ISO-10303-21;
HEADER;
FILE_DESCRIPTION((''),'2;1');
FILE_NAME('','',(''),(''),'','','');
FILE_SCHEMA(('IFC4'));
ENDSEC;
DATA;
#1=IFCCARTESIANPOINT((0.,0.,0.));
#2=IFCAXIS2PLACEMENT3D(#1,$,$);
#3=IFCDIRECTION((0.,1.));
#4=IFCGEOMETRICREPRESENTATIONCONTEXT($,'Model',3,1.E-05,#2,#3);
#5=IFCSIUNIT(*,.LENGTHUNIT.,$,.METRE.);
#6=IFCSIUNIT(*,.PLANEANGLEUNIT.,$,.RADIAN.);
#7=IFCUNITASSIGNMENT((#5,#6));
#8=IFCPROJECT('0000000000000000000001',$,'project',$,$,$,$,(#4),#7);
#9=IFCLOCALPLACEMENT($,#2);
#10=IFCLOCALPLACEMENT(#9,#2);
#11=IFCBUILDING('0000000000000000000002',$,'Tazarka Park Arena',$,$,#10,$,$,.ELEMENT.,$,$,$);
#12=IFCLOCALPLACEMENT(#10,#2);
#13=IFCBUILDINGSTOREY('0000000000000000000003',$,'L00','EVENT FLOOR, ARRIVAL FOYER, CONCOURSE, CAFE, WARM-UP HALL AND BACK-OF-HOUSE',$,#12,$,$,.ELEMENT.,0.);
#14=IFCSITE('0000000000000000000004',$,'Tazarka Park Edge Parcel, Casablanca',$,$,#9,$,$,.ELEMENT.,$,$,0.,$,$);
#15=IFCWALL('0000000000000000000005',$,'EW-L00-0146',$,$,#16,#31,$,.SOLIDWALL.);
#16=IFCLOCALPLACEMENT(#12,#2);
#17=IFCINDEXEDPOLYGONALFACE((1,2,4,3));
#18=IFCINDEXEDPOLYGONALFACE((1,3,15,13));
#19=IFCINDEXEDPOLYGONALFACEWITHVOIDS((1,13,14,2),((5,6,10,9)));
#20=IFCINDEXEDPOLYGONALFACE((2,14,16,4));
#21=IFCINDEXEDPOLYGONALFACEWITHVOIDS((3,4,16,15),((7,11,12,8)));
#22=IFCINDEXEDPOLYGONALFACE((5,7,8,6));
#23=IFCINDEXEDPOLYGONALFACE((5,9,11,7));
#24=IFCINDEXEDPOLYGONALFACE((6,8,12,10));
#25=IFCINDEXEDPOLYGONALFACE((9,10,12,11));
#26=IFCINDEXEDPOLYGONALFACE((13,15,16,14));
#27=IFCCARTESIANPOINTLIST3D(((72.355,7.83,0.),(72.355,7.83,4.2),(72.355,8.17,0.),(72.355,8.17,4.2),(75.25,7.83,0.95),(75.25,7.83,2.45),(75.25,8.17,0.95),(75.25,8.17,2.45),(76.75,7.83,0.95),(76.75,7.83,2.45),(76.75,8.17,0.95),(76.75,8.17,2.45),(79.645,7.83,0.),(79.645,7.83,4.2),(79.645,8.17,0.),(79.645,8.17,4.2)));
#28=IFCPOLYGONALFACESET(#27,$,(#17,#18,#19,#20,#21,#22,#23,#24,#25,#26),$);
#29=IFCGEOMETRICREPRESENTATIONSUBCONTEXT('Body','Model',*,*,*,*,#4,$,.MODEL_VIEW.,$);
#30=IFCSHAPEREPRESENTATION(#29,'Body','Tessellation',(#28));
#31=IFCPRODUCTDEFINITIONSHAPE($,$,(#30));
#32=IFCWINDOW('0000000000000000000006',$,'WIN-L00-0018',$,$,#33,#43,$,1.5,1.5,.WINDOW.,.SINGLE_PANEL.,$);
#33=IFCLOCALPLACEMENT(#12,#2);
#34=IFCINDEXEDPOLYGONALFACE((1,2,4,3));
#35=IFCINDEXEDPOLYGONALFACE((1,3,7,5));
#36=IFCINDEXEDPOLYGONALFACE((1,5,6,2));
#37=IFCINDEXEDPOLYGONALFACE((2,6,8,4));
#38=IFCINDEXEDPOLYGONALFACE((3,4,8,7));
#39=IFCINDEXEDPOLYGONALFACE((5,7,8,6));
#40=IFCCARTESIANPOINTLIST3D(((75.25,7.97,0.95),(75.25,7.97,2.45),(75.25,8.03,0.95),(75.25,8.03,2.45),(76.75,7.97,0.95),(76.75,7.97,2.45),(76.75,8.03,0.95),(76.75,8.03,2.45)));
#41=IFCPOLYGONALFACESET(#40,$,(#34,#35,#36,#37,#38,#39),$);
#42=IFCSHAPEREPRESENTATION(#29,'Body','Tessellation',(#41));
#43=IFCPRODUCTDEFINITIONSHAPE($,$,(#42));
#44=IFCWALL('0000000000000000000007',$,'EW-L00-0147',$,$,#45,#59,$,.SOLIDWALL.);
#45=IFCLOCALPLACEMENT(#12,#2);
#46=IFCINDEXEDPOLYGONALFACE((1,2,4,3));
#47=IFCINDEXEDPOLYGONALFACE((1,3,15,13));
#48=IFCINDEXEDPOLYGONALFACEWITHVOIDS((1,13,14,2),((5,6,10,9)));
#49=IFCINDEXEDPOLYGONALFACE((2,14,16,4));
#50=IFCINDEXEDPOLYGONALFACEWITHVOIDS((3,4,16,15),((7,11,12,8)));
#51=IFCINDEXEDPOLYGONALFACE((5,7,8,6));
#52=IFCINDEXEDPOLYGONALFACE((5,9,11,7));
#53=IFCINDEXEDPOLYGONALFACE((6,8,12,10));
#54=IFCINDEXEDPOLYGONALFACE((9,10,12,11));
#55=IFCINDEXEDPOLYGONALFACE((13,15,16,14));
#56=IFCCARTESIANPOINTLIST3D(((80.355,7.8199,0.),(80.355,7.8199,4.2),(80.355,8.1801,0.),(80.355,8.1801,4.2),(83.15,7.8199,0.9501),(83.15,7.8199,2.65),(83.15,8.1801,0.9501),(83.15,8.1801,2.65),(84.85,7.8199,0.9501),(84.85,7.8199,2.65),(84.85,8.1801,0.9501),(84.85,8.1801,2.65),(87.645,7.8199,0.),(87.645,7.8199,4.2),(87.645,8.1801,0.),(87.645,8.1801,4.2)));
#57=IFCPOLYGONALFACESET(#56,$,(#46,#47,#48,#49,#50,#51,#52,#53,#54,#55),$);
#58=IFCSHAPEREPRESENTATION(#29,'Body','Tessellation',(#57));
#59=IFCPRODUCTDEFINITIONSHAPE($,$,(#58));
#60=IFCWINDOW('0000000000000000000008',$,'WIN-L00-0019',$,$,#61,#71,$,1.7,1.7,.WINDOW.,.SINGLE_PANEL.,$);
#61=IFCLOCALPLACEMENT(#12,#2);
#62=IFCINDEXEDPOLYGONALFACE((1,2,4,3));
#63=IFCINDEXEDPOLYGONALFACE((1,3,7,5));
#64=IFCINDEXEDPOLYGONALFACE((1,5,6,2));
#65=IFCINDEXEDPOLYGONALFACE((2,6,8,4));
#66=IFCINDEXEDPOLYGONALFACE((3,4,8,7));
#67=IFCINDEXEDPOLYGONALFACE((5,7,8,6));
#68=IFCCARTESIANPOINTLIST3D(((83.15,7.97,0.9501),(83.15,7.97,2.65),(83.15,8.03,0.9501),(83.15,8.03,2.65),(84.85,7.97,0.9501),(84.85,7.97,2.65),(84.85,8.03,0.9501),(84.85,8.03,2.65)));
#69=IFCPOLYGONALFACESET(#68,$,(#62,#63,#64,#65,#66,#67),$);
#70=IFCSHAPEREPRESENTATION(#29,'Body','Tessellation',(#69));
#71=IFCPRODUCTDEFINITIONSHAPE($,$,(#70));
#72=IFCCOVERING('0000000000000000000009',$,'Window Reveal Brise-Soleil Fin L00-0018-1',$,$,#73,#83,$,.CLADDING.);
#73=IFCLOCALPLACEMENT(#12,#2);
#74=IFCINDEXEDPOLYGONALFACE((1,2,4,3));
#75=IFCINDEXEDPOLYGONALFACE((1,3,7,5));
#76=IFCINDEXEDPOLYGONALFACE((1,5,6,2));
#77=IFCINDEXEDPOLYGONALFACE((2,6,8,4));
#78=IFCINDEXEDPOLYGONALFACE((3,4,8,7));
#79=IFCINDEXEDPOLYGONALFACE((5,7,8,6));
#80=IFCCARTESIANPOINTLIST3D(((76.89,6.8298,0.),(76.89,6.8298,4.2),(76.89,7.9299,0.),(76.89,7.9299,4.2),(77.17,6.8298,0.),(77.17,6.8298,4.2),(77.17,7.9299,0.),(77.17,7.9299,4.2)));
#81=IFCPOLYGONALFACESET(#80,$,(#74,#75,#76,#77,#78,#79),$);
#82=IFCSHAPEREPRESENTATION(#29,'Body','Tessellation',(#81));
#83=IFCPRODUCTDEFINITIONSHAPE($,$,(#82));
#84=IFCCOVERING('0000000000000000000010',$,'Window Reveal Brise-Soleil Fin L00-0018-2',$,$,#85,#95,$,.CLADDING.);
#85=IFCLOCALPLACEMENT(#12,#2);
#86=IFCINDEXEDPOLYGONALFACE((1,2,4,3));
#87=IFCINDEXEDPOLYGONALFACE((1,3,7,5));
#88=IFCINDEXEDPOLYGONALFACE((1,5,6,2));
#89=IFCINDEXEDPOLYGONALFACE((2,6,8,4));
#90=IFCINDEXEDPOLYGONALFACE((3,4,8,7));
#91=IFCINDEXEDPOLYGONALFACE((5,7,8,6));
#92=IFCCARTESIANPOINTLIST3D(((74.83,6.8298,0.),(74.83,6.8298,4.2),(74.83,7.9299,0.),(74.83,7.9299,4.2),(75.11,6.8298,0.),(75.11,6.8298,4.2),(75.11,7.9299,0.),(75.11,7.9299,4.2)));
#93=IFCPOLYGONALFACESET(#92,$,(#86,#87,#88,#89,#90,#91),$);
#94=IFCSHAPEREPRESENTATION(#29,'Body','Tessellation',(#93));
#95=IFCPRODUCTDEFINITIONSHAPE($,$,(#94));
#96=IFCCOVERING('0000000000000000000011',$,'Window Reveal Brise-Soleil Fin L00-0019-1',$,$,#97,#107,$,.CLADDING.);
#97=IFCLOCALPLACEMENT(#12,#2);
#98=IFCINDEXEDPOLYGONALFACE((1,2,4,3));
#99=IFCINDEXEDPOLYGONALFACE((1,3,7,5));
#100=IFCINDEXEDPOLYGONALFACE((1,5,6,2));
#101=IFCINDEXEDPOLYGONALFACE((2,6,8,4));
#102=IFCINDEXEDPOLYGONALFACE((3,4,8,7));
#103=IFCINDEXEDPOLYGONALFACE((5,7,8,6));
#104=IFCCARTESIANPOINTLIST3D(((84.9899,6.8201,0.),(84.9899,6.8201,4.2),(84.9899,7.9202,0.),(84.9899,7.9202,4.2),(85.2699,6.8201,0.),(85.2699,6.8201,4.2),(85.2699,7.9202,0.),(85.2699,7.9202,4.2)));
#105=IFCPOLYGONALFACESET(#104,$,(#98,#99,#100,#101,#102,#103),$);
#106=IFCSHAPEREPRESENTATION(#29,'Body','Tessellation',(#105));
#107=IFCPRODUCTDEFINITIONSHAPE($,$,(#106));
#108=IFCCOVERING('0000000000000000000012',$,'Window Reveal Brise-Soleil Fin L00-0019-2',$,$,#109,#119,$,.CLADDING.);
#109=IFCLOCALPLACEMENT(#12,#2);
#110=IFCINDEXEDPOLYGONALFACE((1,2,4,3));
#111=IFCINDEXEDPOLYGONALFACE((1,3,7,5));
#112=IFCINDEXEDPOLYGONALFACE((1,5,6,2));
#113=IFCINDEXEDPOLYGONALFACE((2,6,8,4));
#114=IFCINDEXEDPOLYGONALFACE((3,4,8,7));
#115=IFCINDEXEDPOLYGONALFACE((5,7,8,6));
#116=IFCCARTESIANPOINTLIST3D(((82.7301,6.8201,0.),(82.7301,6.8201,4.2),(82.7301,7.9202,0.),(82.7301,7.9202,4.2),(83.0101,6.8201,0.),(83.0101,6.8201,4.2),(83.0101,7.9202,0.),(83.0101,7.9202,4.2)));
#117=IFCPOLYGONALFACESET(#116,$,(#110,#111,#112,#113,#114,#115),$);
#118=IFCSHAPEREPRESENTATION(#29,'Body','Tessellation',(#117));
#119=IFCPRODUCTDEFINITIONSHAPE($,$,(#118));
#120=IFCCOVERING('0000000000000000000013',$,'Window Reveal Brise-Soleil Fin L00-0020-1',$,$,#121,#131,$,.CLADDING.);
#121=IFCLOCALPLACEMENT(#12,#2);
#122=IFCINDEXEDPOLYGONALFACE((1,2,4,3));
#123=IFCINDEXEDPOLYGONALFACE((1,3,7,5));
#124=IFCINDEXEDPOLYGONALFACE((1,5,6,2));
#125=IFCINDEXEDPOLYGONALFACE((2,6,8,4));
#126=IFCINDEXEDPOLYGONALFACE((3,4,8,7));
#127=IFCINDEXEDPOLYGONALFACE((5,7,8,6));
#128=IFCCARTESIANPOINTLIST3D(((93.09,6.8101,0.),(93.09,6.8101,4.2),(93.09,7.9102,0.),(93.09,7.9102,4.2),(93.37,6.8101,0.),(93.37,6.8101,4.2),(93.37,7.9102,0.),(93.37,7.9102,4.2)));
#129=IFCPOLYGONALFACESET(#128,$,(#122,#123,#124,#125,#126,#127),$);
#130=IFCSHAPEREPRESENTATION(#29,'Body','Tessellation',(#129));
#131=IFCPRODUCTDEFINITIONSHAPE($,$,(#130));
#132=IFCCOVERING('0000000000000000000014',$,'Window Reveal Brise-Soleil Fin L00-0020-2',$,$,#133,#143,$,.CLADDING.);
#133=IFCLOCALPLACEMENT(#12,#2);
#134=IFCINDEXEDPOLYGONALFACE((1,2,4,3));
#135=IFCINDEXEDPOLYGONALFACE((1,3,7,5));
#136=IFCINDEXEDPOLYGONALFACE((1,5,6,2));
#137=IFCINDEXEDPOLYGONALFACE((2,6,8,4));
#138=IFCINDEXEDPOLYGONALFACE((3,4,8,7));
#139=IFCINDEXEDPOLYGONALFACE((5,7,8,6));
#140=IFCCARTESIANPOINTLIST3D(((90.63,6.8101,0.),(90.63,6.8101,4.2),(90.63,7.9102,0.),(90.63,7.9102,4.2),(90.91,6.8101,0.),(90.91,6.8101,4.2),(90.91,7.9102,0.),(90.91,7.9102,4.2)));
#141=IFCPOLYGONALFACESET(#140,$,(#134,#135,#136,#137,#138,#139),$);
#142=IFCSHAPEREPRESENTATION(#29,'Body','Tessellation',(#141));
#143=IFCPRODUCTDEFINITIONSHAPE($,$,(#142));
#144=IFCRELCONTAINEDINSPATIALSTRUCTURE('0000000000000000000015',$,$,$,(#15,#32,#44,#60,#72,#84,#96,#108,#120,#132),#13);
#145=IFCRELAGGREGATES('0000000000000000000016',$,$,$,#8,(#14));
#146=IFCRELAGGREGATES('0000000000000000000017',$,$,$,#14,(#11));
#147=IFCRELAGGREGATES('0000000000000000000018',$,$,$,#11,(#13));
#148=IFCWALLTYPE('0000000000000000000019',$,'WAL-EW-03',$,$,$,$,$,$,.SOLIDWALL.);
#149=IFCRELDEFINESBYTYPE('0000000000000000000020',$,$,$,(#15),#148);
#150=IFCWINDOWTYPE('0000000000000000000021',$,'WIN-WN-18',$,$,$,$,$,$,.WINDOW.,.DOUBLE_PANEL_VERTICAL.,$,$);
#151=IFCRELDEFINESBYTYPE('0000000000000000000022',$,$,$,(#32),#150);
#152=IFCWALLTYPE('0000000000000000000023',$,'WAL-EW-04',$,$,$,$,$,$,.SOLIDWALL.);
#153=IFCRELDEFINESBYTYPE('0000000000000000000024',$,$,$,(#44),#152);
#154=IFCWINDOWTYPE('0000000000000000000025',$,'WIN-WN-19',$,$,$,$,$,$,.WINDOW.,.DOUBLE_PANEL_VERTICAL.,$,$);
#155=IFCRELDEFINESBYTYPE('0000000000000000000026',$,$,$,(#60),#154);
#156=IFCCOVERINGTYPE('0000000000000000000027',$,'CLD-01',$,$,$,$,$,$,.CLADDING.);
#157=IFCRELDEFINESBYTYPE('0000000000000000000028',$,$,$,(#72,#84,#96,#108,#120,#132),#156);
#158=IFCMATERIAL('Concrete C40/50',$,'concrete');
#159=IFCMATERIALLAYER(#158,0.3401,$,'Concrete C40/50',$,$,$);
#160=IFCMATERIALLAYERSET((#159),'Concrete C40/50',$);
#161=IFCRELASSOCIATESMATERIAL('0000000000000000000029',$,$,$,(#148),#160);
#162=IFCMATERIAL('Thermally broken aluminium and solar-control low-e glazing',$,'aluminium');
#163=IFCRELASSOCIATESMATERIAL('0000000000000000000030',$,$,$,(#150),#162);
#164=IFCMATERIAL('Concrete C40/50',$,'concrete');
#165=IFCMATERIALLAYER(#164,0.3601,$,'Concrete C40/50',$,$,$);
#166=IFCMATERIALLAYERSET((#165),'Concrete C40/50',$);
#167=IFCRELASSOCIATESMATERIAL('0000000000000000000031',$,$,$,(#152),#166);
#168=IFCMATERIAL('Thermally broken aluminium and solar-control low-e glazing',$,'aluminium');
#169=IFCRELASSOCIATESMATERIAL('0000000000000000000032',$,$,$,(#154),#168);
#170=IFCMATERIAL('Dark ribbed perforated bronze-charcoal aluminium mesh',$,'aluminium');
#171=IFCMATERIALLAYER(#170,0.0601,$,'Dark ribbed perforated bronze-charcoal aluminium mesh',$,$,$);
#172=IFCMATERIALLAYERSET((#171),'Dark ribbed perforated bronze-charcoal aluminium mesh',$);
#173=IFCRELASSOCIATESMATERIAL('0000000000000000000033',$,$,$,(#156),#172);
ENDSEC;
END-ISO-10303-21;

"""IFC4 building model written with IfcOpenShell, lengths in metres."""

from ifc_helpers import new_model, si_unit, direction, frame, frame_2d, origin, origin_2d, place, context, subcontext, project, spatial, rectangle, extrude, material, layer, layer_set, type_object, element, fill, save


model = new_model("IFC4")

# Units and contexts
model_context = context("Model", 3, precision=1e-05, world=origin(), true_north=direction((0.0, 1.0)))
body_context = subcontext(model_context, "Body", "Model", "MODEL_VIEW")
ifc_project = project(units=[si_unit("LENGTHUNIT", "METRE"), si_unit("PLANEANGLEUNIT", "RADIAN")], contexts=[model_context])

# Site, building, storey
site_placement = place(None, origin())
site = spatial("IfcSite", under=ifc_project, at=site_placement, Name="Tazarka Park Edge Parcel, Casablanca", CompositionType="ELEMENT", RefElevation=0.0)
building_placement = place(site_placement, origin())
building = spatial("IfcBuilding", under=site, at=building_placement, Name="Tazarka Park Arena", CompositionType="ELEMENT")
storey_placement = place(building_placement, origin())
storey = spatial("IfcBuildingStorey", under=building, at=storey_placement, Name="L00", Description="EVENT FLOOR, ARRIVAL FOYER, CONCOURSE, CAFE, WARM-UP HALL AND BACK-OF-HOUSE", CompositionType="ELEMENT", Elevation=0.0)

# Walls, openings, windows
ifc_material_1 = material(Name="Concrete C40/50", Category="concrete")
ifc_layer_1 = layer(ifc_material_1, 0.3401, Name="Concrete C40/50")
ifc_layer_set_1 = layer_set([ifc_layer_1], Name="Concrete C40/50")
wall_type_1 = type_object("IfcWallType", Name="WAL-EW-03", PredefinedType="SOLIDWALL", material=ifc_layer_set_1)
wall_1_placement = place(storey_placement, frame((79.645, 8.0, 0.0), z_axis=(0.0, 0.0, 1.0), x_axis=(-1.0, 0.0, 0.0)))
wall_1 = element("IfcWall", 1, at=wall_1_placement, inside=storey, type_object=wall_type_1, Name="EW-L00-0146", PredefinedType="SOLIDWALL", context=body_context, shape_type="SweptSolid", body=[
    extrude(rectangle(XDim=7.29, YDim=0.3401, at=frame_2d((3.645, 0.0))), origin(), (0.0, 0.0, 1.0), 4.2),
])
opening_1_placement = place(wall_1_placement, frame((2.895, 0.0, 0.95)))
opening_1 = element("IfcOpeningElement", 2, at=opening_1_placement, cuts=wall_1, PredefinedType="OPENING", context=body_context, shape_type="SweptSolid", body=[
    extrude(rectangle(XDim=1.5, YDim=1.5, at=frame_2d((0.75, 0.75))), frame((0.0, 0.1802, 0.0), z_axis=(0.0, -1.0, 0.0), x_axis=(1.0, 0.0, 0.0)), (0.0, 0.0, 1.0), 0.3601),
])
ifc_material_2 = material(Name="Thermally broken aluminium and solar-control low-e glazing", Category="aluminium")
window_type_1 = type_object("IfcWindowType", Name="WIN-WN-18", PartitioningType="DOUBLE_PANEL_VERTICAL", PredefinedType="WINDOW", material=ifc_material_2)
window_1_placement = place(opening_1_placement, origin())
window_1 = element("IfcWindow", 3, at=window_1_placement, inside=storey, type_object=window_type_1, Name="WIN-L00-0018", OverallHeight=1.5, OverallWidth=1.5, PartitioningType="SINGLE_PANEL", PredefinedType="WINDOW", context=body_context, shape_type="SweptSolid", body=[
    extrude(rectangle(XDim=1.5, YDim=1.5, at=frame_2d((0.75, 0.75))), frame((0.0, 0.03, 0.0), z_axis=(0.0, -1.0, 0.0), x_axis=(1.0, 0.0, 0.0)), (0.0, 0.0, 1.0), 0.0601),
])
fill(opening_1, window_1)
ifc_material_3 = material(Name="Concrete C40/50", Category="concrete")
ifc_layer_2 = layer(ifc_material_3, 0.3601, Name="Concrete C40/50")
ifc_layer_set_2 = layer_set([ifc_layer_2], Name="Concrete C40/50")
wall_type_2 = type_object("IfcWallType", Name="WAL-EW-04", PredefinedType="SOLIDWALL", material=ifc_layer_set_2)
wall_2_placement = place(storey_placement, frame((87.645, 8.0, 0.0), z_axis=(0.0, 0.0, 1.0), x_axis=(-1.0, 0.0, 0.0)))
wall_2 = element("IfcWall", 4, at=wall_2_placement, inside=storey, type_object=wall_type_2, Name="EW-L00-0147", PredefinedType="SOLIDWALL", context=body_context, shape_type="SweptSolid", body=[
    extrude(rectangle(XDim=7.29, YDim=0.3601, at=frame_2d((3.645, 0.0))), origin(), (0.0, 0.0, 1.0), 4.2),
])
opening_2_placement = place(wall_2_placement, frame((2.7949, 0.0, 0.95)))
opening_2 = element("IfcOpeningElement", 5, at=opening_2_placement, cuts=wall_2, PredefinedType="OPENING", context=body_context, shape_type="SweptSolid", body=[
    extrude(rectangle(XDim=1.7, YDim=1.7, at=frame_2d((0.8501, 0.8501))), frame((0.0, 0.1899, 0.0), z_axis=(0.0, -1.0, 0.0), x_axis=(1.0, 0.0, 0.0)), (0.0, 0.0, 1.0), 0.3801),
])
ifc_material_4 = material(Name="Thermally broken aluminium and solar-control low-e glazing", Category="aluminium")
window_type_2 = type_object("IfcWindowType", Name="WIN-WN-19", PartitioningType="DOUBLE_PANEL_VERTICAL", PredefinedType="WINDOW", material=ifc_material_4)
window_2_placement = place(opening_2_placement, origin())
window_2 = element("IfcWindow", 6, at=window_2_placement, inside=storey, type_object=window_type_2, Name="WIN-L00-0019", OverallHeight=1.7, OverallWidth=1.7, PartitioningType="SINGLE_PANEL", PredefinedType="WINDOW", context=body_context, shape_type="SweptSolid", body=[
    extrude(rectangle(XDim=1.7, YDim=1.7, at=frame_2d((0.8501, 0.8501))), frame((0.0, 0.03, 0.0), z_axis=(0.0, -1.0, 0.0), x_axis=(1.0, 0.0, 0.0)), (0.0, 0.0, 1.0), 0.0601),
])
fill(opening_2, window_2)

# Coverings
ifc_material_5 = material(Name="Dark ribbed perforated bronze-charcoal aluminium mesh", Category="aluminium")
ifc_layer_3 = layer(ifc_material_5, 0.0601, Name="Dark ribbed perforated bronze-charcoal aluminium mesh")
ifc_layer_set_3 = layer_set([ifc_layer_3], Name="Dark ribbed perforated bronze-charcoal aluminium mesh")
covering_type = type_object("IfcCoveringType", Name="CLD-01", PredefinedType="CLADDING", material=ifc_layer_set_3)
for number, where, z_axis, x_axis, name in (
    (7, (77.03, 7.3799, 0.0), (0.0, 0.0, 1.0), (-1.0, 0.0, 0.0), "Window Reveal Brise-Soleil Fin L00-0018-1"),
    (8, (74.97, 7.3799, 0.0), (0.0, 0.0, 1.0), (-1.0, 0.0, 0.0), "Window Reveal Brise-Soleil Fin L00-0018-2"),
    (9, (85.1299, 7.3701, 0.0), (0.0, 0.0, 1.0), (-1.0, 0.0, 0.0), "Window Reveal Brise-Soleil Fin L00-0019-1"),
    (10, (82.8701, 7.3701, 0.0), (0.0, 0.0, 1.0), (-1.0, 0.0, 0.0), "Window Reveal Brise-Soleil Fin L00-0019-2"),
    (11, (93.23, 7.3601, 0.0), (0.0, 0.0, 1.0), (-1.0, 0.0, 0.0), "Window Reveal Brise-Soleil Fin L00-0020-1"),
    (12, (90.77, 7.3601, 0.0), (0.0, 0.0, 1.0), (-1.0, 0.0, 0.0), "Window Reveal Brise-Soleil Fin L00-0020-2"),
):
    element("IfcCovering", number, at=place(storey_placement, frame(where, z_axis=z_axis, x_axis=x_axis)), inside=storey, type_object=covering_type, Name=name, PredefinedType="CLADDING", context=body_context, shape_type="SweptSolid", body=[
        extrude(rectangle(XDim=0.28, YDim=1.1001, at=origin_2d()), origin(), (0.0, 0.0, 1.0), 4.2),
    ])

save(model, "model.ifc")
